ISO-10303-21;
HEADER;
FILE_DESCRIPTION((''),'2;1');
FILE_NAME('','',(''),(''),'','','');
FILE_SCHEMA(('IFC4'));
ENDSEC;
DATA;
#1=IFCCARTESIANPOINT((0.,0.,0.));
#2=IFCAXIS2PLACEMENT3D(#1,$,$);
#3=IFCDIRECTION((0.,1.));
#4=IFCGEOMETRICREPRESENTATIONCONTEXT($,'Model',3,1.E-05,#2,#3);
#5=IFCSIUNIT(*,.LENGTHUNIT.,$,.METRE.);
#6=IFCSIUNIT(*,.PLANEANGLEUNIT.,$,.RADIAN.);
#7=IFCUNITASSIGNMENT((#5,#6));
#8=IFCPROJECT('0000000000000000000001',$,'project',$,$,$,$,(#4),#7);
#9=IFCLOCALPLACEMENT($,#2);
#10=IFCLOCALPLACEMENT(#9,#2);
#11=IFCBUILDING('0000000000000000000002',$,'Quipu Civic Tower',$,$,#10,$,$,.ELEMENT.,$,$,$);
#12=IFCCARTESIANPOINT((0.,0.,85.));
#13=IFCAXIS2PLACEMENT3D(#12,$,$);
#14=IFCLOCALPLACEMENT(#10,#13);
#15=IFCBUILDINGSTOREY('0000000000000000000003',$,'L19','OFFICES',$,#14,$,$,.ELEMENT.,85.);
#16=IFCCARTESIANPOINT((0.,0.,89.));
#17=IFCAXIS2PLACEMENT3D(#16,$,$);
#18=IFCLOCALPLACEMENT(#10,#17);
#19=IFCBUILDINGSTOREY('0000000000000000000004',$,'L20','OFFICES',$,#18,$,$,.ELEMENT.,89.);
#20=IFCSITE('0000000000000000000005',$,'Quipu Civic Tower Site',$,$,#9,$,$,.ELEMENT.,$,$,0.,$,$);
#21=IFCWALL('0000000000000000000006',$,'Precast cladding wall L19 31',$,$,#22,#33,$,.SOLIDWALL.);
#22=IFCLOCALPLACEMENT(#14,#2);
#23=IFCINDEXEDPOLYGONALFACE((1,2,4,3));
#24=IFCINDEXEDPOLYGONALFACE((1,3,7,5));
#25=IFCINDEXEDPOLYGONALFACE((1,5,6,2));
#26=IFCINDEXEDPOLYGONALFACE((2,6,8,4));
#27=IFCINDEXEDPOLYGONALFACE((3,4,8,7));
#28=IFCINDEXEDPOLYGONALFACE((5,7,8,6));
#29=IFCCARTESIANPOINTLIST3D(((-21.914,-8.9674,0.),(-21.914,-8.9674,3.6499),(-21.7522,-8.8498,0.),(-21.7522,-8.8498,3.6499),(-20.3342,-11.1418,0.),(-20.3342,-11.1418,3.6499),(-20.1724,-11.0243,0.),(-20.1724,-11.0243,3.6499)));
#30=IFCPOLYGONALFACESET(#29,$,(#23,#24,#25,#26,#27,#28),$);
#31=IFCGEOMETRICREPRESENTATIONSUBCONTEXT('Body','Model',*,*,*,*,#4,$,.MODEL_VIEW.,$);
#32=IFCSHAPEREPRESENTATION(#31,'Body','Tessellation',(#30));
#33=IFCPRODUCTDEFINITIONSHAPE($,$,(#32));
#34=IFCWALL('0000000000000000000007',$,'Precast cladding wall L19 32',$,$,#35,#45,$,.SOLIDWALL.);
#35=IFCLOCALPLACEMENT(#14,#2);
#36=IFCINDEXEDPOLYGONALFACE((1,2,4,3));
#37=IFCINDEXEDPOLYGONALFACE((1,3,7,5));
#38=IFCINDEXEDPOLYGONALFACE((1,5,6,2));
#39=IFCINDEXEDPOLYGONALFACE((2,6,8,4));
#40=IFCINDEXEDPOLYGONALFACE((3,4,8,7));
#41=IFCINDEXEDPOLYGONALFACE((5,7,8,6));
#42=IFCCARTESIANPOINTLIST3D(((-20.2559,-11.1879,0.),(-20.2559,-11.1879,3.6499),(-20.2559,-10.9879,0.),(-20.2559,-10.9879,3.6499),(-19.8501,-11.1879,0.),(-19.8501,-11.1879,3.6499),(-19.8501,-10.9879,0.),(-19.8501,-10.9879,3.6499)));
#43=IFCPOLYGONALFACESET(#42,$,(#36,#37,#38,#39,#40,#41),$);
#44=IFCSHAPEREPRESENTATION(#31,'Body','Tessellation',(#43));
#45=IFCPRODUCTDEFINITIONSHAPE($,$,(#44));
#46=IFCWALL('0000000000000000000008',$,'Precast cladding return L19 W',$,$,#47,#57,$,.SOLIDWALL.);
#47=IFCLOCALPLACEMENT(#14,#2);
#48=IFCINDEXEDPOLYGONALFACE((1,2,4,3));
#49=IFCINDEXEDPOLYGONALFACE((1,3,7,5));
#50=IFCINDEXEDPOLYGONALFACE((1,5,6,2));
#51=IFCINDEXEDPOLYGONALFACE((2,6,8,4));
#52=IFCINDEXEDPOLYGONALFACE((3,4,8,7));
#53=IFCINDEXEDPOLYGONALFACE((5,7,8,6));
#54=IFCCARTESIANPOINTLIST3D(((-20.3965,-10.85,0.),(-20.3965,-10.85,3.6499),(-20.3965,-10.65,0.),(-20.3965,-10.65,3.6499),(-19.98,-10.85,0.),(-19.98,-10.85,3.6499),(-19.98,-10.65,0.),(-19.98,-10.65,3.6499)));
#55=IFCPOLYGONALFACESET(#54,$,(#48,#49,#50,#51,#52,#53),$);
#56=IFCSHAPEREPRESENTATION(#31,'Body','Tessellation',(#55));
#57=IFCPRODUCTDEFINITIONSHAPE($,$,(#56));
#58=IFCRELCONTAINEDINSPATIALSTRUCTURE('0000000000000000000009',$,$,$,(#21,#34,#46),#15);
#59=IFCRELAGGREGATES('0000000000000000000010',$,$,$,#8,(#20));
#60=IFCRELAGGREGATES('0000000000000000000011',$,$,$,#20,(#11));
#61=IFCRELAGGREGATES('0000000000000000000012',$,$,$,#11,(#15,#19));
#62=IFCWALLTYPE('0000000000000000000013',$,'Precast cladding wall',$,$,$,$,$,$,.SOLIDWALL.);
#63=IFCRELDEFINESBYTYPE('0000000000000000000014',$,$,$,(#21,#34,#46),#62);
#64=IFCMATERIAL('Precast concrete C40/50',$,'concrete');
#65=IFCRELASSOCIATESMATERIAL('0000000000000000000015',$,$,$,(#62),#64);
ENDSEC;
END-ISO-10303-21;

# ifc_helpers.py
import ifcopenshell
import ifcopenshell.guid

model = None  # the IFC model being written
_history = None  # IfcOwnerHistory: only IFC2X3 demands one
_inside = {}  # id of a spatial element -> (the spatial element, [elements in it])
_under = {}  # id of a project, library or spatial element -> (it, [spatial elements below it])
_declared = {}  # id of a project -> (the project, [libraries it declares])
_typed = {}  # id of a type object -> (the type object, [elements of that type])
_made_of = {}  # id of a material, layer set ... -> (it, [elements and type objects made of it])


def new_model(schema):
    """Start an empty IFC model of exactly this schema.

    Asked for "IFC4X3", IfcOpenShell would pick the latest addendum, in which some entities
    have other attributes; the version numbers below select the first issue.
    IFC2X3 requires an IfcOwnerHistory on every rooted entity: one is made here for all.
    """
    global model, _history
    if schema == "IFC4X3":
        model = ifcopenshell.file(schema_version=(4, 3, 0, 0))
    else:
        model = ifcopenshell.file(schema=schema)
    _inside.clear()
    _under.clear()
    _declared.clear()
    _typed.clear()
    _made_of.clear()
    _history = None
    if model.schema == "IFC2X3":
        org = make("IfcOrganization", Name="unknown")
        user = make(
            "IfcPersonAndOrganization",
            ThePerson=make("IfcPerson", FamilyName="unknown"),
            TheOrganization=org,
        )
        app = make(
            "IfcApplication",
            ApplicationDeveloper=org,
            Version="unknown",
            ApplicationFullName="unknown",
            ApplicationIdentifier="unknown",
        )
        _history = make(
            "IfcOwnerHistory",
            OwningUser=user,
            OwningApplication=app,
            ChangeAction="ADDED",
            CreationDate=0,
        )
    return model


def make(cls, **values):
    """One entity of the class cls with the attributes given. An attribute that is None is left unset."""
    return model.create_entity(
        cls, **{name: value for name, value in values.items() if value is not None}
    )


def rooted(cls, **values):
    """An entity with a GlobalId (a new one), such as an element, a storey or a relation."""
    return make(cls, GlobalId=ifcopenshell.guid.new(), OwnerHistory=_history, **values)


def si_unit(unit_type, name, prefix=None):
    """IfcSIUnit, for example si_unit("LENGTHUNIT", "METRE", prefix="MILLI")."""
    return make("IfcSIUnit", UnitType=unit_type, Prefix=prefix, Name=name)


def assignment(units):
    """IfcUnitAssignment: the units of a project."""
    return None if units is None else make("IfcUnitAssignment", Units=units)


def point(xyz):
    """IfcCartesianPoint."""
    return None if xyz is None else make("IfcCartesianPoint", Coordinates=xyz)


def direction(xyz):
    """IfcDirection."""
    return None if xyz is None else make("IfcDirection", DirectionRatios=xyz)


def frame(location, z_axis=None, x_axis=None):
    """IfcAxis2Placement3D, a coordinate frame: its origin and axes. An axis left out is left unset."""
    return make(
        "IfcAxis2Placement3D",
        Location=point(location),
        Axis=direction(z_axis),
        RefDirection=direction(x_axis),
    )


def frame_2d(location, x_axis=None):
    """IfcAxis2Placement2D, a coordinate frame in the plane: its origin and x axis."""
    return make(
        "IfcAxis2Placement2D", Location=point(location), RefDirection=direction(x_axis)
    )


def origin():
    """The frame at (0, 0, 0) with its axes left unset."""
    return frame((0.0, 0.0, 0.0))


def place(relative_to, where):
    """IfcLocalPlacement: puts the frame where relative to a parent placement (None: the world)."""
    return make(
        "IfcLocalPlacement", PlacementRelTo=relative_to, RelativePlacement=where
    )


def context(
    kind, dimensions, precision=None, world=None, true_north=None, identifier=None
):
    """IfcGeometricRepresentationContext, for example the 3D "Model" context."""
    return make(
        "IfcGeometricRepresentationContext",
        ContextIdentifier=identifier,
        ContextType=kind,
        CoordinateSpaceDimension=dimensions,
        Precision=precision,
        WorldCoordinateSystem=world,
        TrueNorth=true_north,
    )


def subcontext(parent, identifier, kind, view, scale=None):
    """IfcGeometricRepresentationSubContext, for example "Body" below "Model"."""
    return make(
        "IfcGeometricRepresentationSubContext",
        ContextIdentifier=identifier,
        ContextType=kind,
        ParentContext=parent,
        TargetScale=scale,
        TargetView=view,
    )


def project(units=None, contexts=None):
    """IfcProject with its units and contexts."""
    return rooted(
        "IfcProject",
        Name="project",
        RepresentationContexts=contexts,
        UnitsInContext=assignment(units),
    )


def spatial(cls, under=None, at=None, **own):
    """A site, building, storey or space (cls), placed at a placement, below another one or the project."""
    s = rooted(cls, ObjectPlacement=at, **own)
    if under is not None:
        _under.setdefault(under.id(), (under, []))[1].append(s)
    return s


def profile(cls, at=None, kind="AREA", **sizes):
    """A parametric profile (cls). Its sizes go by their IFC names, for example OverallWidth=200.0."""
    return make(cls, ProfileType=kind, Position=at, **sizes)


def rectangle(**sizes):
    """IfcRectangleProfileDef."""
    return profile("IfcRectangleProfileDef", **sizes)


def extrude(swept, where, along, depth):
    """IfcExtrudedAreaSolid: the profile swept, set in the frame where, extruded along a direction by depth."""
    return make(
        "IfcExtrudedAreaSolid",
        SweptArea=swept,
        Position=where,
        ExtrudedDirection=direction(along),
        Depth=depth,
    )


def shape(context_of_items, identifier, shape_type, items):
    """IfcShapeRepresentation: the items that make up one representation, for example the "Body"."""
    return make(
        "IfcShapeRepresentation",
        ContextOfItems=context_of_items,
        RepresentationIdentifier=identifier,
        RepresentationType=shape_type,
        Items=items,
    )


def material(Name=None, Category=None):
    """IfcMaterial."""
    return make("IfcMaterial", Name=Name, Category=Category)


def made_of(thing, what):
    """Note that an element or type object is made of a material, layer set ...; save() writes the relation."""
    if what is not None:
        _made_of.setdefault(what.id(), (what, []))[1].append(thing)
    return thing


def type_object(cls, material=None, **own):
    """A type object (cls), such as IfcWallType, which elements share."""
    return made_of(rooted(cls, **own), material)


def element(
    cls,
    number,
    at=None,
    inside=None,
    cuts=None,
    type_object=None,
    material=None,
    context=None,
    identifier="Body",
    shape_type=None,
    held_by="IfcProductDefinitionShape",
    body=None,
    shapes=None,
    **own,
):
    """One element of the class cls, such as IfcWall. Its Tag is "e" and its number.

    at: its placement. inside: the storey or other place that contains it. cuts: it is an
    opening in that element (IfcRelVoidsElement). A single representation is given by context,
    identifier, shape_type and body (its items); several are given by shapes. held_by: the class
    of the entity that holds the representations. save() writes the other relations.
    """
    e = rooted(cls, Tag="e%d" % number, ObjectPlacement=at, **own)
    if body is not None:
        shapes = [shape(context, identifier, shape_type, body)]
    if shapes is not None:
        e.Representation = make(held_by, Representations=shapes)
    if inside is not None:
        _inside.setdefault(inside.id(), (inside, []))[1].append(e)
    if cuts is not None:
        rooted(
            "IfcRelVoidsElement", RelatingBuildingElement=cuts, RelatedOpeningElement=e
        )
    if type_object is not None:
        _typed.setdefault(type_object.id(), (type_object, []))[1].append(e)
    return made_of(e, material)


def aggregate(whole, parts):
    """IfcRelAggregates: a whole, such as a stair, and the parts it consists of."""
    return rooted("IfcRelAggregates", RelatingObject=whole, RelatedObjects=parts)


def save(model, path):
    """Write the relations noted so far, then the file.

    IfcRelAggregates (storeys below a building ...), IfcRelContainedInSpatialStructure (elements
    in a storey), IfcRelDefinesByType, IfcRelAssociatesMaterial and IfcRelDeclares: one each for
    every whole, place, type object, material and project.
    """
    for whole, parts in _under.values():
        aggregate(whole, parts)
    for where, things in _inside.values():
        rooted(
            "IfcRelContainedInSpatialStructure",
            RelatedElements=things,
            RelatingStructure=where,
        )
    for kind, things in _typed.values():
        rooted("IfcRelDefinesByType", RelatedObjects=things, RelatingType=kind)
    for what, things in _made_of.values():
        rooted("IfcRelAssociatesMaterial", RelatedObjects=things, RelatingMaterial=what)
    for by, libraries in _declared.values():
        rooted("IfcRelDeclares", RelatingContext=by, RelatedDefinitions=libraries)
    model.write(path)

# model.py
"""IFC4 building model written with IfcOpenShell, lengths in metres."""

from ifc_helpers import new_model, si_unit, direction, frame, frame_2d, origin, place, context, subcontext, project, spatial, rectangle, extrude, material, type_object, element, save


model = new_model("IFC4")

# Units and contexts
model_context = context("Model", 3, precision=1e-05, world=origin(), true_north=direction((0.0, 1.0)))
body_context = subcontext(model_context, "Body", "Model", "MODEL_VIEW")
ifc_project = project(units=[si_unit("LENGTHUNIT", "METRE"), si_unit("PLANEANGLEUNIT", "RADIAN")], contexts=[model_context])

# Site, building, storey
site_placement = place(None, origin())
site = spatial("IfcSite", under=ifc_project, at=site_placement, Name="Quipu Civic Tower Site", CompositionType="ELEMENT", RefElevation=0.0)
building_placement = place(site_placement, origin())
building = spatial("IfcBuilding", under=site, at=building_placement, Name="Quipu Civic Tower", CompositionType="ELEMENT")
storey_1_placement = place(building_placement, frame((0.0, 0.0, 85.0)))
storey_1 = spatial("IfcBuildingStorey", under=building, at=storey_1_placement, Name="L19", Description="OFFICES", CompositionType="ELEMENT", Elevation=85.0)

# Shared definitions
storey_2_placement = place(building_placement, frame((0.0, 0.0, 89.0)))
storey_2 = spatial("IfcBuildingStorey", under=building, at=storey_2_placement, Name="L20", Description="OFFICES", CompositionType="ELEMENT", Elevation=89.0)

# Walls
ifc_material_1 = material(Name="Precast concrete C40/50", Category="concrete")
wall_type_1 = type_object("IfcWallType", Name="Precast cladding wall", PredefinedType="SOLIDWALL", material=ifc_material_1)
wall_1_placement = place(storey_1_placement, frame((-21.833, -8.9087, 0.0), z_axis=(0.0, 0.0, 1.0), x_axis=(0.587767, -0.809031, 0.0)))
element("IfcWall", 1, at=wall_1_placement, inside=storey_1, type_object=wall_type_1, Name="Precast cladding wall L19 31", PredefinedType="SOLIDWALL", context=body_context, shape_type="SweptSolid", body=[
    extrude(rectangle(XDim=2.6877, YDim=0.2, at=frame_2d((1.3438, 0.0))), origin(), (0.0, 0.0, 1.0), 3.6499),
])
wall_2_placement = place(storey_1_placement, frame((-20.2559, -11.0879, 0.0), z_axis=(0.0, 0.0, 1.0), x_axis=(1.0, 0.0, 0.0)))
element("IfcWall", 2, at=wall_2_placement, inside=storey_1, type_object=wall_type_1, Name="Precast cladding wall L19 32", PredefinedType="SOLIDWALL", context=body_context, shape_type="SweptSolid", body=[
    extrude(rectangle(XDim=0.4058, YDim=0.2, at=frame_2d((0.2029, 0.0))), origin(), (0.0, 0.0, 1.0), 3.6499),
])
wall_3_placement = place(storey_1_placement, frame((-19.98, -10.75, 0.0), z_axis=(0.0, 0.0, 1.0), x_axis=(-1.0, 0.0, 0.0)))
element("IfcWall", 3, at=wall_3_placement, inside=storey_1, type_object=wall_type_1, Name="Precast cladding return L19 W", PredefinedType="SOLIDWALL", context=body_context, shape_type="SweptSolid", body=[
    extrude(rectangle(XDim=0.4165, YDim=0.2, at=frame_2d((0.2083, 0.0))), origin(), (0.0, 0.0, 1.0), 3.6499),
])

save(model, "model.ifc")
